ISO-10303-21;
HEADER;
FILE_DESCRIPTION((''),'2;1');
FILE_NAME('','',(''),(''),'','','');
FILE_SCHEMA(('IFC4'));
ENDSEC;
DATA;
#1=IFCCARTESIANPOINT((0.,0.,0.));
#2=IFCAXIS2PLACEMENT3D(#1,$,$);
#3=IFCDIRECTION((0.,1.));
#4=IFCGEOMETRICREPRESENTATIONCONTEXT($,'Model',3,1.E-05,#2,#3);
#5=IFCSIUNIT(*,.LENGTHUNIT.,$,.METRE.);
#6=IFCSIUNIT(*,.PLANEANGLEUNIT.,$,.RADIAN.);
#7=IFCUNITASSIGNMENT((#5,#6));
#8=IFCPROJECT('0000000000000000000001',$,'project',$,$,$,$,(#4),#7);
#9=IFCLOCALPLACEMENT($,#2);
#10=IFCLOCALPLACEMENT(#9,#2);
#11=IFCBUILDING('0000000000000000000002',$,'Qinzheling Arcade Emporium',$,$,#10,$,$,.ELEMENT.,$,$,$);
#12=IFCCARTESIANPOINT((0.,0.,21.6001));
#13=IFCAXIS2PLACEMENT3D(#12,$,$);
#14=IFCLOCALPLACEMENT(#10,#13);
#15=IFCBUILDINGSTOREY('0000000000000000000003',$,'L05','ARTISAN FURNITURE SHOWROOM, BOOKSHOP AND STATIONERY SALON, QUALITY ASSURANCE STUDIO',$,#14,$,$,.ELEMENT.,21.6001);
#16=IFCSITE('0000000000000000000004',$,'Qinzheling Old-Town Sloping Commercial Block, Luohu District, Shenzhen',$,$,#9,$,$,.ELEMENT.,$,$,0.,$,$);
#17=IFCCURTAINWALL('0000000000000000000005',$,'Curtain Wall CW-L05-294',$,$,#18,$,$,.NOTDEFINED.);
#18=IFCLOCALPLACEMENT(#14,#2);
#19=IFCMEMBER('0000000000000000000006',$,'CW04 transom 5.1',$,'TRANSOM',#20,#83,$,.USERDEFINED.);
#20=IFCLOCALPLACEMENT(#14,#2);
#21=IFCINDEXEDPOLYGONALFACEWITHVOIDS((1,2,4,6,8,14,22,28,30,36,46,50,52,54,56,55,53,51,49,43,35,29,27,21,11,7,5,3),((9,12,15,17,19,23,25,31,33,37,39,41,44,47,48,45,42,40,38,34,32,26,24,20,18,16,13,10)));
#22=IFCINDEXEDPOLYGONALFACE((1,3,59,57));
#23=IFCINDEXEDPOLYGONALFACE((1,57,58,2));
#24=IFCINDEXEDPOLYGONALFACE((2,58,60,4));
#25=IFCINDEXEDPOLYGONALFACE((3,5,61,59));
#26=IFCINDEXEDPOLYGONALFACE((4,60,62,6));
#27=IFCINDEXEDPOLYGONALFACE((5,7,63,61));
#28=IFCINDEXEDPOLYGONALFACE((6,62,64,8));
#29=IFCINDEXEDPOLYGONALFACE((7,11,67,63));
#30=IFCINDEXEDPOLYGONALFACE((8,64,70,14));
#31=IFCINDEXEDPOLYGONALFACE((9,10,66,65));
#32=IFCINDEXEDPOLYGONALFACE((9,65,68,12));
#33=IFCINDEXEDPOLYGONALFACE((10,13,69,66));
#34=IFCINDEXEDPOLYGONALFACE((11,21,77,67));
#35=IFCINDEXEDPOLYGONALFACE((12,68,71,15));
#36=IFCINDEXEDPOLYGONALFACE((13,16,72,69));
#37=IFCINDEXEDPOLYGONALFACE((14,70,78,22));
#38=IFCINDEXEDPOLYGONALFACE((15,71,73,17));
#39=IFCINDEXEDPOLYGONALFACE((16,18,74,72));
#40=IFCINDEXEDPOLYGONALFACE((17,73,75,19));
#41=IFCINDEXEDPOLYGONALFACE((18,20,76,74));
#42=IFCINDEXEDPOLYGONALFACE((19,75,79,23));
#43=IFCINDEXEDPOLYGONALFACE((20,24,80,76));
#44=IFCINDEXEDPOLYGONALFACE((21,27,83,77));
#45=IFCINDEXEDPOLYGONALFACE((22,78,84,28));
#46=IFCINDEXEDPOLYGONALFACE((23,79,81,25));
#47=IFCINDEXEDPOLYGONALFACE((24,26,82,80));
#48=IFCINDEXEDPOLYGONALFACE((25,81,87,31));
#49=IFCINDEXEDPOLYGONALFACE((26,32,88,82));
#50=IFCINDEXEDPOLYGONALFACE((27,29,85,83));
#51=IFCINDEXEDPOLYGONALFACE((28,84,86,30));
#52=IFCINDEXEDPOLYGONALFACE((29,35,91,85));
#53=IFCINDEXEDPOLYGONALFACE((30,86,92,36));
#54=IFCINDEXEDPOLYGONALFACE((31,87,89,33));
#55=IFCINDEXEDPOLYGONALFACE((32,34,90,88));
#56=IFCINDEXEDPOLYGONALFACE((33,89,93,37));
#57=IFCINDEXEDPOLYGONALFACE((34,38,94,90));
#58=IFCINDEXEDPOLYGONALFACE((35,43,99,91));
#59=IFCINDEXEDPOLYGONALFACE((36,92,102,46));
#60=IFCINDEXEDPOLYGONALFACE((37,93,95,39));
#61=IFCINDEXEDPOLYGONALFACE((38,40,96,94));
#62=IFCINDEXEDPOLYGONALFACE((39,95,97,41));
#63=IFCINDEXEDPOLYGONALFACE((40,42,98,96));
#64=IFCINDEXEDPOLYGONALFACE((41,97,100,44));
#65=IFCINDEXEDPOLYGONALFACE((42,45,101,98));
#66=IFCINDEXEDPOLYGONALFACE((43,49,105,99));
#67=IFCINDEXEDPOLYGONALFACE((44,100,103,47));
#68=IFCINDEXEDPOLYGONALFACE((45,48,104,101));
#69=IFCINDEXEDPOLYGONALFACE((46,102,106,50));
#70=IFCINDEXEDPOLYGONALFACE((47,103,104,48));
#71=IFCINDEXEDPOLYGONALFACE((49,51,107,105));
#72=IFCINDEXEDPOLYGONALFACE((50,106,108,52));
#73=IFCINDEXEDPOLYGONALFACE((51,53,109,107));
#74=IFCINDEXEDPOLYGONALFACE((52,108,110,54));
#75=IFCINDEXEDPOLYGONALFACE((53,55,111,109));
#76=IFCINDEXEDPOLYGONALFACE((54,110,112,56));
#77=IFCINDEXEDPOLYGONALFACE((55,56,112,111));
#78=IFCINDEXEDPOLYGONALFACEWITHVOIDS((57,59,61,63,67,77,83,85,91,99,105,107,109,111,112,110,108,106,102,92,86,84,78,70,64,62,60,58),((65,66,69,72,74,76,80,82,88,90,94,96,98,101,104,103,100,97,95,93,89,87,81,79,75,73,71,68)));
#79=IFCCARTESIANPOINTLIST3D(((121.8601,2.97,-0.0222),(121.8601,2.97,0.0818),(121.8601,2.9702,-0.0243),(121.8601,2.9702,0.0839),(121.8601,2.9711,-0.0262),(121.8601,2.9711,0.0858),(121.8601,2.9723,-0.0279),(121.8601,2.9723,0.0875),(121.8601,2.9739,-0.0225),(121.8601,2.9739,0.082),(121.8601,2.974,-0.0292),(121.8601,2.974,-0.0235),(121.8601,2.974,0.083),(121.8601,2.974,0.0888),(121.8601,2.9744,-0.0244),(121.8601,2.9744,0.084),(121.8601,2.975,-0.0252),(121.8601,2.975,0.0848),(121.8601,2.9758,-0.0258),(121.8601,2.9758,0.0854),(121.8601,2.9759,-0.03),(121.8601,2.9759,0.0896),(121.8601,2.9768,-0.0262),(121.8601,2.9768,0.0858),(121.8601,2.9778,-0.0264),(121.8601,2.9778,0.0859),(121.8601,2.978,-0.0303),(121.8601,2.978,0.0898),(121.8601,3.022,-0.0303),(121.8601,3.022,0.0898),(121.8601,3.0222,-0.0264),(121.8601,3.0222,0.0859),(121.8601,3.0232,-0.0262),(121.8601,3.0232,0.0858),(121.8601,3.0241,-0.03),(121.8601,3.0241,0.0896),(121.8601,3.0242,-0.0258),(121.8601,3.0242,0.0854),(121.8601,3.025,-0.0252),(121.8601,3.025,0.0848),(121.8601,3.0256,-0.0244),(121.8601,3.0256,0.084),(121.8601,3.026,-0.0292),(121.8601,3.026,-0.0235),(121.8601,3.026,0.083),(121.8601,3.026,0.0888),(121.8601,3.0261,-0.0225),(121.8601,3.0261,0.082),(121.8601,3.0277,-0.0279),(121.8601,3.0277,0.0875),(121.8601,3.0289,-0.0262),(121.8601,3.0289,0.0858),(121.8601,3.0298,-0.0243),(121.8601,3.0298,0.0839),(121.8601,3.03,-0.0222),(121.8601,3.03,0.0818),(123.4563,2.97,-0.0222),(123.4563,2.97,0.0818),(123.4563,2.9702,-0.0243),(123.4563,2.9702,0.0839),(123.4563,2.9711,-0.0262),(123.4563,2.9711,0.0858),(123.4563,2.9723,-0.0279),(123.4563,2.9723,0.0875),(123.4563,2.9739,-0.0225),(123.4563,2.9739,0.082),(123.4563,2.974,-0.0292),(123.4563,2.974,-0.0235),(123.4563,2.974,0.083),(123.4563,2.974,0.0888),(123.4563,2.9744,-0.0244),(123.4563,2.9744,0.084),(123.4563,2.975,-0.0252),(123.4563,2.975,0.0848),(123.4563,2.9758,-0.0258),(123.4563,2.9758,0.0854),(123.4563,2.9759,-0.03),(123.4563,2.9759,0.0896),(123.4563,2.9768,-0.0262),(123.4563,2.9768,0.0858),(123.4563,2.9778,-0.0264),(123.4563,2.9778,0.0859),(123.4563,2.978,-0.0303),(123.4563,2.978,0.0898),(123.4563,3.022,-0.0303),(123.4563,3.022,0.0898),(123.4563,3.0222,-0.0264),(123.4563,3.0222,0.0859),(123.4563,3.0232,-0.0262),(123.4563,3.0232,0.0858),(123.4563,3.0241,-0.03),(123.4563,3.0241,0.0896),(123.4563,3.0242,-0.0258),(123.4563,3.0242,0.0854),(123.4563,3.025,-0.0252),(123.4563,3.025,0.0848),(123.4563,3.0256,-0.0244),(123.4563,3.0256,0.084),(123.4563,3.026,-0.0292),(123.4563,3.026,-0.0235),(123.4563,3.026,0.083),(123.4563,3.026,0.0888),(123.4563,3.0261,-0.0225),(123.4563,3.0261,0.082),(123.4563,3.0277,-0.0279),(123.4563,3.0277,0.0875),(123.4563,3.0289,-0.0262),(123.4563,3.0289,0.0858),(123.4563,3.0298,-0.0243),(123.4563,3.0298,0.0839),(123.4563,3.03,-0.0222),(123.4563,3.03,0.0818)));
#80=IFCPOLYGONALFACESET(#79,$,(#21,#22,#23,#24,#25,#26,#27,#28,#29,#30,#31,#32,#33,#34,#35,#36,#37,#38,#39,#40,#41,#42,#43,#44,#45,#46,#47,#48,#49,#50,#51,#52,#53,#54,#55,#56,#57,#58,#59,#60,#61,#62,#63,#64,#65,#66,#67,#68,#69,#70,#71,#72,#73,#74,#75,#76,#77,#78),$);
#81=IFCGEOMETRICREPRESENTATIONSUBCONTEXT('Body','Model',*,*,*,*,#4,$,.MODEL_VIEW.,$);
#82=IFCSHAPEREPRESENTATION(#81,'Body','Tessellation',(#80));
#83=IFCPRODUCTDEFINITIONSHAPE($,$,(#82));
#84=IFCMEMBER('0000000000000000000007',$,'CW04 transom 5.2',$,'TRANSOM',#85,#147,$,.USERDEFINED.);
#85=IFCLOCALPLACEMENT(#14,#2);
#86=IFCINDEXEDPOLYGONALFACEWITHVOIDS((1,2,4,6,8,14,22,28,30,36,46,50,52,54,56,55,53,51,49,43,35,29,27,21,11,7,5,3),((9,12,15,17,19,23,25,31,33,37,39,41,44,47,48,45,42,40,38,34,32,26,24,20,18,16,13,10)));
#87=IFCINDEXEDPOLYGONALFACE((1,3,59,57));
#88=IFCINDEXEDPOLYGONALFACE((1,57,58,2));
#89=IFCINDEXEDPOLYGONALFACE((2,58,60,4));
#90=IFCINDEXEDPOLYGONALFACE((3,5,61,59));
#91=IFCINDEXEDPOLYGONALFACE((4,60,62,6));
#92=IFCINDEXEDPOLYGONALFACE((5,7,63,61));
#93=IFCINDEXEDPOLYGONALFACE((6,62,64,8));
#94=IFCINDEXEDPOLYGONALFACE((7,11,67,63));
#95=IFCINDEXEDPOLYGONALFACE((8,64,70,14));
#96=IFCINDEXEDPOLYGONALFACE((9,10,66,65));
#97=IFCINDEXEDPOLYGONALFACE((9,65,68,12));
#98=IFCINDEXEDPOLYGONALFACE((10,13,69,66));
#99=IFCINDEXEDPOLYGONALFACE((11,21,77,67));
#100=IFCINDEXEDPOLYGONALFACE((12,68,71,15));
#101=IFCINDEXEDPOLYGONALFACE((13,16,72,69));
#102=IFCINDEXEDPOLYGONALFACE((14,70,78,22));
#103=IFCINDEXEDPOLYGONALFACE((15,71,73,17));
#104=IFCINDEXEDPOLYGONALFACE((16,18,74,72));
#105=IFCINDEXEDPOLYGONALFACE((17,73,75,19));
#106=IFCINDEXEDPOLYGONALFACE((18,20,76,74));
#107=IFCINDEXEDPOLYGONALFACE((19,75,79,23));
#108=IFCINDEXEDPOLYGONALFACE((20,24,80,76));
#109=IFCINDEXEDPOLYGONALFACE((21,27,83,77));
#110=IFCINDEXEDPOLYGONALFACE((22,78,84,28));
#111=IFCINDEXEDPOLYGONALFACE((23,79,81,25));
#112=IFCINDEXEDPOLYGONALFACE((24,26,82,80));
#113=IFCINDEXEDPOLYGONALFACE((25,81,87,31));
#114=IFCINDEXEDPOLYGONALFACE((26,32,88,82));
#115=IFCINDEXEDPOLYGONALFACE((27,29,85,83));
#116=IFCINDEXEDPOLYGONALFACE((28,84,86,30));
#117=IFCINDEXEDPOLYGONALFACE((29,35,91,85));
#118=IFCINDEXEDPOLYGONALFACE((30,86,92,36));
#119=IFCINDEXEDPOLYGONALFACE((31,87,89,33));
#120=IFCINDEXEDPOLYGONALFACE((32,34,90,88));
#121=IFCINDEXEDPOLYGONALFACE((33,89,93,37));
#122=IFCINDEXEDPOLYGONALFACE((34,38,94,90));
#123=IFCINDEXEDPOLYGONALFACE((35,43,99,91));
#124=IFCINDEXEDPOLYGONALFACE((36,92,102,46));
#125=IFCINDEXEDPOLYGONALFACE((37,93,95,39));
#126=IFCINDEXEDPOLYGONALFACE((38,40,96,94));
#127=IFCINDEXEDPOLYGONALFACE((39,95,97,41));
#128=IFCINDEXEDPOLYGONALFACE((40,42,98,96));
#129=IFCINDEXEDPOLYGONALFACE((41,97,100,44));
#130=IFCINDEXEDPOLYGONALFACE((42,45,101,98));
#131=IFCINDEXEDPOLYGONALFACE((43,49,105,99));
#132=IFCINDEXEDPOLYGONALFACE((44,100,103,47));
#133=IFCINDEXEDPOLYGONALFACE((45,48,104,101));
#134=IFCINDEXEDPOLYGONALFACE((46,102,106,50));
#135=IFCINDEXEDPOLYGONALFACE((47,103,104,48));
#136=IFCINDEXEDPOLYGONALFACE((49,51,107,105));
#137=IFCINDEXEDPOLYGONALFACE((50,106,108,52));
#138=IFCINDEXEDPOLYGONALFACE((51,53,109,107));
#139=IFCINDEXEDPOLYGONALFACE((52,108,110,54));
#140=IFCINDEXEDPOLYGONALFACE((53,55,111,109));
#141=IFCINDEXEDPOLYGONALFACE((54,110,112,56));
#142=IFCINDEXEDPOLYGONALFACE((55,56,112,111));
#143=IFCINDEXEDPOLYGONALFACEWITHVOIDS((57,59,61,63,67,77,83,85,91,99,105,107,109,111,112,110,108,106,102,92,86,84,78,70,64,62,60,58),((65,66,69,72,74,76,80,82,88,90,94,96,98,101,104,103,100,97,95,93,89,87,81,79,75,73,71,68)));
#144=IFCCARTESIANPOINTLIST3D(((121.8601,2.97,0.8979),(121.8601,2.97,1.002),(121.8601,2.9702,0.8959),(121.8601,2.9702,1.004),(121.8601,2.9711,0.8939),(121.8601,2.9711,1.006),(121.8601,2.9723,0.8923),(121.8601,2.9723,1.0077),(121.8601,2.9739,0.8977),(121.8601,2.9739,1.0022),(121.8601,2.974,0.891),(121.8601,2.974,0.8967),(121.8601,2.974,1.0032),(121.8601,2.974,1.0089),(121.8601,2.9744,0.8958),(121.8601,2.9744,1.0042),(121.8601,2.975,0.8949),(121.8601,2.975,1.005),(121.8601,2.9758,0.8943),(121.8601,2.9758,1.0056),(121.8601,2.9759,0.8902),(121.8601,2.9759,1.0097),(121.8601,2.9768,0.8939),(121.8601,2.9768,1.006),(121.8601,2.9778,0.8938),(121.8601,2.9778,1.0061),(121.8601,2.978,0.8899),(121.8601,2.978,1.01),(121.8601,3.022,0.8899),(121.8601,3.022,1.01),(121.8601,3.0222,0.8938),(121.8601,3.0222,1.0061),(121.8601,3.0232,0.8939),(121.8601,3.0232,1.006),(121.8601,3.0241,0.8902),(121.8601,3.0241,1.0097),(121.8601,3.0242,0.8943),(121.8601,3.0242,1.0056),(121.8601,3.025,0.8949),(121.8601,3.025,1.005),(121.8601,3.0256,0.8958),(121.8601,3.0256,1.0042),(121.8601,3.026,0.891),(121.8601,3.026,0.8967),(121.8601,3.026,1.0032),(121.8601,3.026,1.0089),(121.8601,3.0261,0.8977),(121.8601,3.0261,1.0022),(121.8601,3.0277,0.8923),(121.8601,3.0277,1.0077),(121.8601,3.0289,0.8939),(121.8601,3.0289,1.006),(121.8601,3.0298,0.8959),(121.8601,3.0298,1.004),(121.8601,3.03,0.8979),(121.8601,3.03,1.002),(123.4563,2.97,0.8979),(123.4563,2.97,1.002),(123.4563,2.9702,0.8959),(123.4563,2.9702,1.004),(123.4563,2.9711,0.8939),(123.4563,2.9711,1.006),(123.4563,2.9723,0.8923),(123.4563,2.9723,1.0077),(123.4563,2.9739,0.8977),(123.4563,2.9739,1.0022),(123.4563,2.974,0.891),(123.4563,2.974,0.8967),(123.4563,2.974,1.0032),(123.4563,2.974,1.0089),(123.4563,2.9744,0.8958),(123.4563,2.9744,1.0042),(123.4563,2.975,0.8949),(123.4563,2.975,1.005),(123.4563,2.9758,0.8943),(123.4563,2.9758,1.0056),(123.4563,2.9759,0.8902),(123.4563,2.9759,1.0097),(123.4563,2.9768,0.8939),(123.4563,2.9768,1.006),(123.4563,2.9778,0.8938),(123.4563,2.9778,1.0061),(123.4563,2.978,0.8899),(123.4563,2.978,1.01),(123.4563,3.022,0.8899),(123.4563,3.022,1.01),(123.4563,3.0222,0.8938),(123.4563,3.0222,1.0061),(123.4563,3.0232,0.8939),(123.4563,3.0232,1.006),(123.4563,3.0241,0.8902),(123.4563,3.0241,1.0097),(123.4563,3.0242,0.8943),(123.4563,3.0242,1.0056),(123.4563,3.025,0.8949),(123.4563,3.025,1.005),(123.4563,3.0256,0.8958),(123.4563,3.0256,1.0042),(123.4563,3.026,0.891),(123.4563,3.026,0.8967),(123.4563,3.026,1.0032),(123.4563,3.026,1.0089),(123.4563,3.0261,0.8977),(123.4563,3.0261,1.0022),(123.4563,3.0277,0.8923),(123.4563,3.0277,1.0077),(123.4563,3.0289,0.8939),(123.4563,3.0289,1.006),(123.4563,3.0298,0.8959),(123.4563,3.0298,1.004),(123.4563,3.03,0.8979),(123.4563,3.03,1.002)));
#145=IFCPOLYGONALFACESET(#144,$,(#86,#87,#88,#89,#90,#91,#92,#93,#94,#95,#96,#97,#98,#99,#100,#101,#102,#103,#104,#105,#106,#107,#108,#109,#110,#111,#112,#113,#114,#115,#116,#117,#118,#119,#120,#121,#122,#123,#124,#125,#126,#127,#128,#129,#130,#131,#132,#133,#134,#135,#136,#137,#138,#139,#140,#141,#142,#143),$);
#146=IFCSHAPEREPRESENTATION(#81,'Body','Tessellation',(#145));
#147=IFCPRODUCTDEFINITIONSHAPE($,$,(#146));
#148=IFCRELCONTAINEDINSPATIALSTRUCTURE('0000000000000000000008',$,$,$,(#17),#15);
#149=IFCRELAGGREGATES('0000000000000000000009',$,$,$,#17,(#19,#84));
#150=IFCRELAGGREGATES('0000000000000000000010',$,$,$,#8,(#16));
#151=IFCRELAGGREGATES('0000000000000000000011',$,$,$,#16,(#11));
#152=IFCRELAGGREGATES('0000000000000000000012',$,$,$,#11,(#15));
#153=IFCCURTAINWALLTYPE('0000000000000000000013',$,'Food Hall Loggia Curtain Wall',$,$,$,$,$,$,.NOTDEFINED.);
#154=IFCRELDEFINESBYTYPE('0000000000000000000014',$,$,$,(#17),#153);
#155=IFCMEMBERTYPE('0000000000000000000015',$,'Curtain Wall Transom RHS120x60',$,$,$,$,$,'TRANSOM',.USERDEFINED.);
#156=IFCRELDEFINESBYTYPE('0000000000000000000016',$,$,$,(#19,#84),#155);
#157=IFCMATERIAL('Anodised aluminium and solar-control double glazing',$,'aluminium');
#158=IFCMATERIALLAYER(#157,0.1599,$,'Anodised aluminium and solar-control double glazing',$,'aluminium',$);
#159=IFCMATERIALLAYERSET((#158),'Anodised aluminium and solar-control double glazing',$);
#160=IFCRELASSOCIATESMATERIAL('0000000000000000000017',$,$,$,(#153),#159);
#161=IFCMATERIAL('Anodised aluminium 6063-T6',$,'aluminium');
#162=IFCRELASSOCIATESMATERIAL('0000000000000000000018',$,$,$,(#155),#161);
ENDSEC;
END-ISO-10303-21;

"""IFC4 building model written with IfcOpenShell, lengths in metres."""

from ifc_helpers import new_model, si_unit, direction, frame, origin, origin_2d, place, context, subcontext, project, spatial, hollow_rectangle, extrude, material, layer, layer_set, material_profile, profile_set, type_object, element, aggregate, save


model = new_model("IFC4")

# Units and contexts
model_context = context("Model", 3, precision=1e-05, world=origin(), true_north=direction((0.0, 1.0)))
body_context = subcontext(model_context, "Body", "Model", "MODEL_VIEW")
ifc_project = project(units=[si_unit("LENGTHUNIT", "METRE"), si_unit("PLANEANGLEUNIT", "RADIAN")], contexts=[model_context])

# Site, building, storey
site_placement = place(None, origin())
site = spatial("IfcSite", under=ifc_project, at=site_placement, Name="Qinzheling Old-Town Sloping Commercial Block, Luohu District, Shenzhen", CompositionType="ELEMENT", RefElevation=0.0)
building_placement = place(site_placement, origin())
building = spatial("IfcBuilding", under=site, at=building_placement, Name="Qinzheling Arcade Emporium", CompositionType="ELEMENT")
storey_placement = place(building_placement, frame((0.0, 0.0, 21.6001)))
storey = spatial("IfcBuildingStorey", under=building, at=storey_placement, Name="L05", Description="ARTISAN FURNITURE SHOWROOM, BOOKSHOP AND STATIONERY SALON, QUALITY ASSURANCE STUDIO", CompositionType="ELEMENT", Elevation=21.6001)

# Curtain wall
ifc_material_1 = material(Name="Anodised aluminium and solar-control double glazing", Category="aluminium")
ifc_layer_1 = layer(ifc_material_1, 0.1599, Name="Anodised aluminium and solar-control double glazing", Category="aluminium")
ifc_layer_set_1 = layer_set([ifc_layer_1], Name="Anodised aluminium and solar-control double glazing")
curtain_wall_type = type_object("IfcCurtainWallType", Name="Food Hall Loggia Curtain Wall", PredefinedType="NOTDEFINED", material=ifc_layer_set_1)
curtain_wall_1_placement = place(storey_placement, origin())
curtain_wall_1 = element("IfcCurtainWall", 1, at=curtain_wall_1_placement, inside=storey, type_object=curtain_wall_type, Name="Curtain Wall CW-L05-294", PredefinedType="NOTDEFINED")
ifc_material_2 = material(Name="Anodised aluminium 6063-T6", Category="aluminium")

# Members
ifc_material_profile_1 = material_profile(ifc_material_2, hollow_rectangle(XDim=0.0601, YDim=0.1201, WallThickness=0.0039, InnerFilletRadius=0.0039, OuterFilletRadius=0.0081, at=origin_2d()), Name="RHS 120x60x4", Category="aluminium")
ifc_profile_set_1 = profile_set([ifc_material_profile_1], Name="Anodised aluminium 6063-T6")
member_type_1 = type_object("IfcMemberType", Name="Curtain Wall Transom RHS120x60", ElementType="TRANSOM", PredefinedType="USERDEFINED", material=ifc_profile_set_1)
member_1_placement = place(storey_placement, frame((123.4563, 3.0, 0.0298), z_axis=(-1.0, 0.0, 0.0), x_axis=(0.0, -1.0, 0.0)))
member_1 = element("IfcMember", 2, at=member_1_placement, type_object=member_type_1, Name="CW04 transom 5.1", ObjectType="TRANSOM", PredefinedType="USERDEFINED", context=body_context, shape_type="SweptSolid", body=[
    extrude(hollow_rectangle(XDim=0.0601, YDim=0.1201, WallThickness=0.0039, InnerFilletRadius=0.0039, OuterFilletRadius=0.0081, at=origin_2d()), origin(), (0.0, 0.0, 1.0), 1.5962),
])
member_2_placement = place(storey_placement, frame((123.4563, 3.0, 0.95), z_axis=(-1.0, 0.0, 0.0), x_axis=(0.0, -1.0, 0.0)))
member_2 = element("IfcMember", 3, at=member_2_placement, type_object=member_type_1, Name="CW04 transom 5.2", ObjectType="TRANSOM", PredefinedType="USERDEFINED", context=body_context, shape_type="SweptSolid", body=[
    extrude(hollow_rectangle(XDim=0.0601, YDim=0.1201, WallThickness=0.0039, InnerFilletRadius=0.0039, OuterFilletRadius=0.0081, at=origin_2d()), origin(), (0.0, 0.0, 1.0), 1.5962),
])

aggregate(curtain_wall_1, [member_1, member_2])

save(model, "model.ifc")
